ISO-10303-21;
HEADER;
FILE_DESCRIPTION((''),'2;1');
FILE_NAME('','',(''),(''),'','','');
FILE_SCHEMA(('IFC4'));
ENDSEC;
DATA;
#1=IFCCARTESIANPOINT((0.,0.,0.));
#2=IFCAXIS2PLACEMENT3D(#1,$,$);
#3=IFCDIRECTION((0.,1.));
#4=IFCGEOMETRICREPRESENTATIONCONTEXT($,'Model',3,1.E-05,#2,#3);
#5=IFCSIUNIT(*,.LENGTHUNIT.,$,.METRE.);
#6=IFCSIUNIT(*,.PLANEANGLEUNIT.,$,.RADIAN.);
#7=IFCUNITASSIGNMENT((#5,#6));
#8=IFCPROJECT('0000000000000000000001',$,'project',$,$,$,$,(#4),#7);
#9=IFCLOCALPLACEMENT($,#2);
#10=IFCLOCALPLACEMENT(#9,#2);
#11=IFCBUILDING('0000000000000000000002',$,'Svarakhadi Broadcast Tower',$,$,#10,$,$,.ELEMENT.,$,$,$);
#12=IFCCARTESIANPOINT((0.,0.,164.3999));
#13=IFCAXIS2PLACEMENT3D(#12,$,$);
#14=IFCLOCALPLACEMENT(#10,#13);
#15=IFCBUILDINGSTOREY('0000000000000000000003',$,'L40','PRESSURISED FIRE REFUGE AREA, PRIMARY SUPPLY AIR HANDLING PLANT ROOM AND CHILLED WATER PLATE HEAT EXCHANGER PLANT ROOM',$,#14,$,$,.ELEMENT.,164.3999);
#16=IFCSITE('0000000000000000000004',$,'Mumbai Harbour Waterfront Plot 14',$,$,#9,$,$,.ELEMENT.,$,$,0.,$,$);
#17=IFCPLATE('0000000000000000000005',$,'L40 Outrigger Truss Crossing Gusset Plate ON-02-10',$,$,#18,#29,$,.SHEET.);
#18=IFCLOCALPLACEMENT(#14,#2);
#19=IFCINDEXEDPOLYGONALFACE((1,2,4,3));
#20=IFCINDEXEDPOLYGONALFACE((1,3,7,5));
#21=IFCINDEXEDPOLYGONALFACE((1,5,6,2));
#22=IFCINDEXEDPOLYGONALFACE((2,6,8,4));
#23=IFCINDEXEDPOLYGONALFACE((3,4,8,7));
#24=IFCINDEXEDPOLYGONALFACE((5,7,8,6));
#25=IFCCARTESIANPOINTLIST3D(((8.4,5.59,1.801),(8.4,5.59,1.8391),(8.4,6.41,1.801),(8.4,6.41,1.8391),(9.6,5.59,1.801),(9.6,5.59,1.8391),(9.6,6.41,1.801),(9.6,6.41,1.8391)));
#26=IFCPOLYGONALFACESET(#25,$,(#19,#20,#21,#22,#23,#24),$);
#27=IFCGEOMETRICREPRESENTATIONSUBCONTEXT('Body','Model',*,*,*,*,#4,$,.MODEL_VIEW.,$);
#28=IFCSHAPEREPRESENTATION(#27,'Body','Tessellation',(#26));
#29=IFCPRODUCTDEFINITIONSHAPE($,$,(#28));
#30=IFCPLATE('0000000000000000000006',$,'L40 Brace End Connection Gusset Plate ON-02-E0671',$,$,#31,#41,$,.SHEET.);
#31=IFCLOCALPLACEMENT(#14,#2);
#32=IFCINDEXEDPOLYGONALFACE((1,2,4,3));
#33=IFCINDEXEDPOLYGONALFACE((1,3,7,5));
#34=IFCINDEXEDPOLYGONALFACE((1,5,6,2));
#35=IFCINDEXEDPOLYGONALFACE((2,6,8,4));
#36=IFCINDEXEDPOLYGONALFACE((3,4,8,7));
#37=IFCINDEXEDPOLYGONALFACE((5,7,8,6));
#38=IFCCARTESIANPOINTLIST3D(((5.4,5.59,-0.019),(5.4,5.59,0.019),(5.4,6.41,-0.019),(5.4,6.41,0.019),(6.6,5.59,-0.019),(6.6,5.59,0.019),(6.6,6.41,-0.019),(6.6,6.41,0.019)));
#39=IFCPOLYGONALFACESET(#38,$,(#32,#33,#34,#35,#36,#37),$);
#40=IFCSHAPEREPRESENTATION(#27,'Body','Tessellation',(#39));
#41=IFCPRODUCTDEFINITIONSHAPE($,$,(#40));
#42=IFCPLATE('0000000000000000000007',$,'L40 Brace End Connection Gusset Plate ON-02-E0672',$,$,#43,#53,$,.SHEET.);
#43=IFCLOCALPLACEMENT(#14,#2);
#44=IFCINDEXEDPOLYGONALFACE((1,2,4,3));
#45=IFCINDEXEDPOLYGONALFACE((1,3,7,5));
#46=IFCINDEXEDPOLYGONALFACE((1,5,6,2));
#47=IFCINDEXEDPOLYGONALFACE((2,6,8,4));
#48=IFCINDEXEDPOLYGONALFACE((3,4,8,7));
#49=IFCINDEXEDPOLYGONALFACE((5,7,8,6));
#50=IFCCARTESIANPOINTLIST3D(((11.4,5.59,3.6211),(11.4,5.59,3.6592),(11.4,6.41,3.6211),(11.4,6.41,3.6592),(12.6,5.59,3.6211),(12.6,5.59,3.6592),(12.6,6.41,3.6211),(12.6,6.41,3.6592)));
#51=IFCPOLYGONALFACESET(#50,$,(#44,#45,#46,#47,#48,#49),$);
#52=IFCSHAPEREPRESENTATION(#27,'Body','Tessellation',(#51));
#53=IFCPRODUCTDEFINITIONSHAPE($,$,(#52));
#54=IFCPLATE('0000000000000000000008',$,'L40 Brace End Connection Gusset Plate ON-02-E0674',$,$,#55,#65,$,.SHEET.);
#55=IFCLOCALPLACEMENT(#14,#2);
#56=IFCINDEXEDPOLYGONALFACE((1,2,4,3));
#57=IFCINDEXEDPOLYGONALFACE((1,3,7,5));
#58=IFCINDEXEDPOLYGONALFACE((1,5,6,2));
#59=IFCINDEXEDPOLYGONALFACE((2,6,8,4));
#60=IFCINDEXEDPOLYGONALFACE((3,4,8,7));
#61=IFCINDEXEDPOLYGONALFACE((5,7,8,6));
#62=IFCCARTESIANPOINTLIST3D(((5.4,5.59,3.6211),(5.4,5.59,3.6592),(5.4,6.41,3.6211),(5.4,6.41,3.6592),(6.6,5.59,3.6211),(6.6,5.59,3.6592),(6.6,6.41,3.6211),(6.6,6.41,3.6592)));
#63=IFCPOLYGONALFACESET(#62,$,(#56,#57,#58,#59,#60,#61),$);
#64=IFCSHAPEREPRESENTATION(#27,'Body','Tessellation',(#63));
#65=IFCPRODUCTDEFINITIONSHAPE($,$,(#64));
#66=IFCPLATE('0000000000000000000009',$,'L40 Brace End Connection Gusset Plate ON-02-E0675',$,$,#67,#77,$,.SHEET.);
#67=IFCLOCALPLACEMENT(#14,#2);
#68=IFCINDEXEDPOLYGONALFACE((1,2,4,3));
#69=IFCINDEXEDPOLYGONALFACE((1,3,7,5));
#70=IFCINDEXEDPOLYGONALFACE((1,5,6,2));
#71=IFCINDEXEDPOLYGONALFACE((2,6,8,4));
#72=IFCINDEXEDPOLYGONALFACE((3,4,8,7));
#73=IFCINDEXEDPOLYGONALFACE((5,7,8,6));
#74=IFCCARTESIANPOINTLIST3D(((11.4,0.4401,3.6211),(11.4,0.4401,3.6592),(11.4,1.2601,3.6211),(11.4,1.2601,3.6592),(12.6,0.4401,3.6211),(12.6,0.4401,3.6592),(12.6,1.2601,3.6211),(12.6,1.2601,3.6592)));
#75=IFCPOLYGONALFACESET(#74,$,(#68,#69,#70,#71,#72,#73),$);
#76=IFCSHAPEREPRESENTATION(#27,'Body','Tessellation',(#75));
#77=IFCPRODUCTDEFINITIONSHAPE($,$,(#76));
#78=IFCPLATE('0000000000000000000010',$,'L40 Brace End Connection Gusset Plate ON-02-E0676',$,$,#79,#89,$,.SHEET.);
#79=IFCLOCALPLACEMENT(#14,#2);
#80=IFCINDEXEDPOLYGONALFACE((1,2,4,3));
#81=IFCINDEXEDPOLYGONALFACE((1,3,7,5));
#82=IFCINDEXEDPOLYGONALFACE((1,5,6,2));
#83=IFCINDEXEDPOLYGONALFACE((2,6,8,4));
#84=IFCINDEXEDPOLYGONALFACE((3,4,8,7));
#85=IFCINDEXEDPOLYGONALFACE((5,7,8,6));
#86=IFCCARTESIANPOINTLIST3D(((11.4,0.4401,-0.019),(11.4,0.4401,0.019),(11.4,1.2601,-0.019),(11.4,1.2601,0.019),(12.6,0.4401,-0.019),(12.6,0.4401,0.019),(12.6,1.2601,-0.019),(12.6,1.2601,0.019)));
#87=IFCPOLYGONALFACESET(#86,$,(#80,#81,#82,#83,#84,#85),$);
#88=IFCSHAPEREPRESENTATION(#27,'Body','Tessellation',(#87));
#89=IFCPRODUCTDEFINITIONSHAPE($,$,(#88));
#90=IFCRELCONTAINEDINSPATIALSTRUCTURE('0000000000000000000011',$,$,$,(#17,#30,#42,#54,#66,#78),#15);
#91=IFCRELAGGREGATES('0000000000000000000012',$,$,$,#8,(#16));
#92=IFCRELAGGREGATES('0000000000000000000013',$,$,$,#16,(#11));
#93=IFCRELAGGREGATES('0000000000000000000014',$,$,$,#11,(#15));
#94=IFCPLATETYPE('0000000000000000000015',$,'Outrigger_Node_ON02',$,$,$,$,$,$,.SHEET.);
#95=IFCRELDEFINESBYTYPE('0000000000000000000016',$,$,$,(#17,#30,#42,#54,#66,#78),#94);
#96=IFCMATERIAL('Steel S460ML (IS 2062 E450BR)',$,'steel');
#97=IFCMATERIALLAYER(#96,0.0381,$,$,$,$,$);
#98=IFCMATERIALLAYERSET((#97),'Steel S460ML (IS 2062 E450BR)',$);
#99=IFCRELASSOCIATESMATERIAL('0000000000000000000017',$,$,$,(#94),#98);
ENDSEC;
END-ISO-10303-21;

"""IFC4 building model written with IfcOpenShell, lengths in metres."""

from ifc_helpers import new_model, si_unit, direction, frame, origin, origin_2d, place, context, subcontext, project, spatial, rectangle, extrude, material, layer, layer_set, type_object, element, save


model = new_model("IFC4")

# Units and contexts
model_context = context("Model", 3, precision=1e-05, world=origin(), true_north=direction((0.0, 1.0)))
body_context = subcontext(model_context, "Body", "Model", "MODEL_VIEW")
ifc_project = project(units=[si_unit("LENGTHUNIT", "METRE"), si_unit("PLANEANGLEUNIT", "RADIAN")], contexts=[model_context])

# Site, building, storey
site_placement = place(None, origin())
site = spatial("IfcSite", under=ifc_project, at=site_placement, Name="Mumbai Harbour Waterfront Plot 14", CompositionType="ELEMENT", RefElevation=0.0)
building_placement = place(site_placement, origin())
building = spatial("IfcBuilding", under=site, at=building_placement, Name="Svarakhadi Broadcast Tower", CompositionType="ELEMENT")
storey_placement = place(building_placement, frame((0.0, 0.0, 164.3999)))
storey = spatial("IfcBuildingStorey", under=building, at=storey_placement, Name="L40", Description="PRESSURISED FIRE REFUGE AREA, PRIMARY SUPPLY AIR HANDLING PLANT ROOM AND CHILLED WATER PLATE HEAT EXCHANGER PLANT ROOM", CompositionType="ELEMENT", Elevation=164.3999)

# Shared definitions
ifc_material_1 = material(Name="Steel S460ML (IS 2062 E450BR)", Category="steel")

# Plates
ifc_layer_1 = layer(ifc_material_1, 0.0381)
ifc_layer_set_1 = layer_set([ifc_layer_1], Name="Steel S460ML (IS 2062 E450BR)")
plate_type_1 = type_object("IfcPlateType", Name="Outrigger_Node_ON02", PredefinedType="SHEET", material=ifc_layer_set_1)
for number, where, z_axis, x_axis, name in (
    (1, (9.0, 6.0, 1.801), (0.0, 0.0, 1.0), (1.0, 0.0, 0.0), "L40 Outrigger Truss Crossing Gusset Plate ON-02-10"),
    (2, (6.0, 6.0, -0.019), (0.0, 0.0, 1.0), (1.0, 0.0, 0.0), "L40 Brace End Connection Gusset Plate ON-02-E0671"),
    (3, (12.0, 6.0, 3.6211), (0.0, 0.0, 1.0), (1.0, 0.0, 0.0), "L40 Brace End Connection Gusset Plate ON-02-E0672"),
    (4, (6.0, 6.0, 3.6211), (0.0, 0.0, 1.0), (1.0, 0.0, 0.0), "L40 Brace End Connection Gusset Plate ON-02-E0674"),
    (5, (12.0, 0.8501, 3.6211), (0.0, 0.0, 1.0), (1.0, 0.0, 0.0), "L40 Brace End Connection Gusset Plate ON-02-E0675"),
    (6, (12.0, 0.8501, -0.019), (0.0, 0.0, 1.0), (1.0, 0.0, 0.0), "L40 Brace End Connection Gusset Plate ON-02-E0676"),
):
    element("IfcPlate", number, at=place(storey_placement, frame(where, z_axis=z_axis, x_axis=x_axis)), inside=storey, type_object=plate_type_1, Name=name, PredefinedType="SHEET", context=body_context, shape_type="SweptSolid", body=[
        extrude(rectangle(XDim=1.2, YDim=0.8201, at=origin_2d()), origin(), (0.0, 0.0, 1.0), 0.0381),
    ])

save(model, "model.ifc")
